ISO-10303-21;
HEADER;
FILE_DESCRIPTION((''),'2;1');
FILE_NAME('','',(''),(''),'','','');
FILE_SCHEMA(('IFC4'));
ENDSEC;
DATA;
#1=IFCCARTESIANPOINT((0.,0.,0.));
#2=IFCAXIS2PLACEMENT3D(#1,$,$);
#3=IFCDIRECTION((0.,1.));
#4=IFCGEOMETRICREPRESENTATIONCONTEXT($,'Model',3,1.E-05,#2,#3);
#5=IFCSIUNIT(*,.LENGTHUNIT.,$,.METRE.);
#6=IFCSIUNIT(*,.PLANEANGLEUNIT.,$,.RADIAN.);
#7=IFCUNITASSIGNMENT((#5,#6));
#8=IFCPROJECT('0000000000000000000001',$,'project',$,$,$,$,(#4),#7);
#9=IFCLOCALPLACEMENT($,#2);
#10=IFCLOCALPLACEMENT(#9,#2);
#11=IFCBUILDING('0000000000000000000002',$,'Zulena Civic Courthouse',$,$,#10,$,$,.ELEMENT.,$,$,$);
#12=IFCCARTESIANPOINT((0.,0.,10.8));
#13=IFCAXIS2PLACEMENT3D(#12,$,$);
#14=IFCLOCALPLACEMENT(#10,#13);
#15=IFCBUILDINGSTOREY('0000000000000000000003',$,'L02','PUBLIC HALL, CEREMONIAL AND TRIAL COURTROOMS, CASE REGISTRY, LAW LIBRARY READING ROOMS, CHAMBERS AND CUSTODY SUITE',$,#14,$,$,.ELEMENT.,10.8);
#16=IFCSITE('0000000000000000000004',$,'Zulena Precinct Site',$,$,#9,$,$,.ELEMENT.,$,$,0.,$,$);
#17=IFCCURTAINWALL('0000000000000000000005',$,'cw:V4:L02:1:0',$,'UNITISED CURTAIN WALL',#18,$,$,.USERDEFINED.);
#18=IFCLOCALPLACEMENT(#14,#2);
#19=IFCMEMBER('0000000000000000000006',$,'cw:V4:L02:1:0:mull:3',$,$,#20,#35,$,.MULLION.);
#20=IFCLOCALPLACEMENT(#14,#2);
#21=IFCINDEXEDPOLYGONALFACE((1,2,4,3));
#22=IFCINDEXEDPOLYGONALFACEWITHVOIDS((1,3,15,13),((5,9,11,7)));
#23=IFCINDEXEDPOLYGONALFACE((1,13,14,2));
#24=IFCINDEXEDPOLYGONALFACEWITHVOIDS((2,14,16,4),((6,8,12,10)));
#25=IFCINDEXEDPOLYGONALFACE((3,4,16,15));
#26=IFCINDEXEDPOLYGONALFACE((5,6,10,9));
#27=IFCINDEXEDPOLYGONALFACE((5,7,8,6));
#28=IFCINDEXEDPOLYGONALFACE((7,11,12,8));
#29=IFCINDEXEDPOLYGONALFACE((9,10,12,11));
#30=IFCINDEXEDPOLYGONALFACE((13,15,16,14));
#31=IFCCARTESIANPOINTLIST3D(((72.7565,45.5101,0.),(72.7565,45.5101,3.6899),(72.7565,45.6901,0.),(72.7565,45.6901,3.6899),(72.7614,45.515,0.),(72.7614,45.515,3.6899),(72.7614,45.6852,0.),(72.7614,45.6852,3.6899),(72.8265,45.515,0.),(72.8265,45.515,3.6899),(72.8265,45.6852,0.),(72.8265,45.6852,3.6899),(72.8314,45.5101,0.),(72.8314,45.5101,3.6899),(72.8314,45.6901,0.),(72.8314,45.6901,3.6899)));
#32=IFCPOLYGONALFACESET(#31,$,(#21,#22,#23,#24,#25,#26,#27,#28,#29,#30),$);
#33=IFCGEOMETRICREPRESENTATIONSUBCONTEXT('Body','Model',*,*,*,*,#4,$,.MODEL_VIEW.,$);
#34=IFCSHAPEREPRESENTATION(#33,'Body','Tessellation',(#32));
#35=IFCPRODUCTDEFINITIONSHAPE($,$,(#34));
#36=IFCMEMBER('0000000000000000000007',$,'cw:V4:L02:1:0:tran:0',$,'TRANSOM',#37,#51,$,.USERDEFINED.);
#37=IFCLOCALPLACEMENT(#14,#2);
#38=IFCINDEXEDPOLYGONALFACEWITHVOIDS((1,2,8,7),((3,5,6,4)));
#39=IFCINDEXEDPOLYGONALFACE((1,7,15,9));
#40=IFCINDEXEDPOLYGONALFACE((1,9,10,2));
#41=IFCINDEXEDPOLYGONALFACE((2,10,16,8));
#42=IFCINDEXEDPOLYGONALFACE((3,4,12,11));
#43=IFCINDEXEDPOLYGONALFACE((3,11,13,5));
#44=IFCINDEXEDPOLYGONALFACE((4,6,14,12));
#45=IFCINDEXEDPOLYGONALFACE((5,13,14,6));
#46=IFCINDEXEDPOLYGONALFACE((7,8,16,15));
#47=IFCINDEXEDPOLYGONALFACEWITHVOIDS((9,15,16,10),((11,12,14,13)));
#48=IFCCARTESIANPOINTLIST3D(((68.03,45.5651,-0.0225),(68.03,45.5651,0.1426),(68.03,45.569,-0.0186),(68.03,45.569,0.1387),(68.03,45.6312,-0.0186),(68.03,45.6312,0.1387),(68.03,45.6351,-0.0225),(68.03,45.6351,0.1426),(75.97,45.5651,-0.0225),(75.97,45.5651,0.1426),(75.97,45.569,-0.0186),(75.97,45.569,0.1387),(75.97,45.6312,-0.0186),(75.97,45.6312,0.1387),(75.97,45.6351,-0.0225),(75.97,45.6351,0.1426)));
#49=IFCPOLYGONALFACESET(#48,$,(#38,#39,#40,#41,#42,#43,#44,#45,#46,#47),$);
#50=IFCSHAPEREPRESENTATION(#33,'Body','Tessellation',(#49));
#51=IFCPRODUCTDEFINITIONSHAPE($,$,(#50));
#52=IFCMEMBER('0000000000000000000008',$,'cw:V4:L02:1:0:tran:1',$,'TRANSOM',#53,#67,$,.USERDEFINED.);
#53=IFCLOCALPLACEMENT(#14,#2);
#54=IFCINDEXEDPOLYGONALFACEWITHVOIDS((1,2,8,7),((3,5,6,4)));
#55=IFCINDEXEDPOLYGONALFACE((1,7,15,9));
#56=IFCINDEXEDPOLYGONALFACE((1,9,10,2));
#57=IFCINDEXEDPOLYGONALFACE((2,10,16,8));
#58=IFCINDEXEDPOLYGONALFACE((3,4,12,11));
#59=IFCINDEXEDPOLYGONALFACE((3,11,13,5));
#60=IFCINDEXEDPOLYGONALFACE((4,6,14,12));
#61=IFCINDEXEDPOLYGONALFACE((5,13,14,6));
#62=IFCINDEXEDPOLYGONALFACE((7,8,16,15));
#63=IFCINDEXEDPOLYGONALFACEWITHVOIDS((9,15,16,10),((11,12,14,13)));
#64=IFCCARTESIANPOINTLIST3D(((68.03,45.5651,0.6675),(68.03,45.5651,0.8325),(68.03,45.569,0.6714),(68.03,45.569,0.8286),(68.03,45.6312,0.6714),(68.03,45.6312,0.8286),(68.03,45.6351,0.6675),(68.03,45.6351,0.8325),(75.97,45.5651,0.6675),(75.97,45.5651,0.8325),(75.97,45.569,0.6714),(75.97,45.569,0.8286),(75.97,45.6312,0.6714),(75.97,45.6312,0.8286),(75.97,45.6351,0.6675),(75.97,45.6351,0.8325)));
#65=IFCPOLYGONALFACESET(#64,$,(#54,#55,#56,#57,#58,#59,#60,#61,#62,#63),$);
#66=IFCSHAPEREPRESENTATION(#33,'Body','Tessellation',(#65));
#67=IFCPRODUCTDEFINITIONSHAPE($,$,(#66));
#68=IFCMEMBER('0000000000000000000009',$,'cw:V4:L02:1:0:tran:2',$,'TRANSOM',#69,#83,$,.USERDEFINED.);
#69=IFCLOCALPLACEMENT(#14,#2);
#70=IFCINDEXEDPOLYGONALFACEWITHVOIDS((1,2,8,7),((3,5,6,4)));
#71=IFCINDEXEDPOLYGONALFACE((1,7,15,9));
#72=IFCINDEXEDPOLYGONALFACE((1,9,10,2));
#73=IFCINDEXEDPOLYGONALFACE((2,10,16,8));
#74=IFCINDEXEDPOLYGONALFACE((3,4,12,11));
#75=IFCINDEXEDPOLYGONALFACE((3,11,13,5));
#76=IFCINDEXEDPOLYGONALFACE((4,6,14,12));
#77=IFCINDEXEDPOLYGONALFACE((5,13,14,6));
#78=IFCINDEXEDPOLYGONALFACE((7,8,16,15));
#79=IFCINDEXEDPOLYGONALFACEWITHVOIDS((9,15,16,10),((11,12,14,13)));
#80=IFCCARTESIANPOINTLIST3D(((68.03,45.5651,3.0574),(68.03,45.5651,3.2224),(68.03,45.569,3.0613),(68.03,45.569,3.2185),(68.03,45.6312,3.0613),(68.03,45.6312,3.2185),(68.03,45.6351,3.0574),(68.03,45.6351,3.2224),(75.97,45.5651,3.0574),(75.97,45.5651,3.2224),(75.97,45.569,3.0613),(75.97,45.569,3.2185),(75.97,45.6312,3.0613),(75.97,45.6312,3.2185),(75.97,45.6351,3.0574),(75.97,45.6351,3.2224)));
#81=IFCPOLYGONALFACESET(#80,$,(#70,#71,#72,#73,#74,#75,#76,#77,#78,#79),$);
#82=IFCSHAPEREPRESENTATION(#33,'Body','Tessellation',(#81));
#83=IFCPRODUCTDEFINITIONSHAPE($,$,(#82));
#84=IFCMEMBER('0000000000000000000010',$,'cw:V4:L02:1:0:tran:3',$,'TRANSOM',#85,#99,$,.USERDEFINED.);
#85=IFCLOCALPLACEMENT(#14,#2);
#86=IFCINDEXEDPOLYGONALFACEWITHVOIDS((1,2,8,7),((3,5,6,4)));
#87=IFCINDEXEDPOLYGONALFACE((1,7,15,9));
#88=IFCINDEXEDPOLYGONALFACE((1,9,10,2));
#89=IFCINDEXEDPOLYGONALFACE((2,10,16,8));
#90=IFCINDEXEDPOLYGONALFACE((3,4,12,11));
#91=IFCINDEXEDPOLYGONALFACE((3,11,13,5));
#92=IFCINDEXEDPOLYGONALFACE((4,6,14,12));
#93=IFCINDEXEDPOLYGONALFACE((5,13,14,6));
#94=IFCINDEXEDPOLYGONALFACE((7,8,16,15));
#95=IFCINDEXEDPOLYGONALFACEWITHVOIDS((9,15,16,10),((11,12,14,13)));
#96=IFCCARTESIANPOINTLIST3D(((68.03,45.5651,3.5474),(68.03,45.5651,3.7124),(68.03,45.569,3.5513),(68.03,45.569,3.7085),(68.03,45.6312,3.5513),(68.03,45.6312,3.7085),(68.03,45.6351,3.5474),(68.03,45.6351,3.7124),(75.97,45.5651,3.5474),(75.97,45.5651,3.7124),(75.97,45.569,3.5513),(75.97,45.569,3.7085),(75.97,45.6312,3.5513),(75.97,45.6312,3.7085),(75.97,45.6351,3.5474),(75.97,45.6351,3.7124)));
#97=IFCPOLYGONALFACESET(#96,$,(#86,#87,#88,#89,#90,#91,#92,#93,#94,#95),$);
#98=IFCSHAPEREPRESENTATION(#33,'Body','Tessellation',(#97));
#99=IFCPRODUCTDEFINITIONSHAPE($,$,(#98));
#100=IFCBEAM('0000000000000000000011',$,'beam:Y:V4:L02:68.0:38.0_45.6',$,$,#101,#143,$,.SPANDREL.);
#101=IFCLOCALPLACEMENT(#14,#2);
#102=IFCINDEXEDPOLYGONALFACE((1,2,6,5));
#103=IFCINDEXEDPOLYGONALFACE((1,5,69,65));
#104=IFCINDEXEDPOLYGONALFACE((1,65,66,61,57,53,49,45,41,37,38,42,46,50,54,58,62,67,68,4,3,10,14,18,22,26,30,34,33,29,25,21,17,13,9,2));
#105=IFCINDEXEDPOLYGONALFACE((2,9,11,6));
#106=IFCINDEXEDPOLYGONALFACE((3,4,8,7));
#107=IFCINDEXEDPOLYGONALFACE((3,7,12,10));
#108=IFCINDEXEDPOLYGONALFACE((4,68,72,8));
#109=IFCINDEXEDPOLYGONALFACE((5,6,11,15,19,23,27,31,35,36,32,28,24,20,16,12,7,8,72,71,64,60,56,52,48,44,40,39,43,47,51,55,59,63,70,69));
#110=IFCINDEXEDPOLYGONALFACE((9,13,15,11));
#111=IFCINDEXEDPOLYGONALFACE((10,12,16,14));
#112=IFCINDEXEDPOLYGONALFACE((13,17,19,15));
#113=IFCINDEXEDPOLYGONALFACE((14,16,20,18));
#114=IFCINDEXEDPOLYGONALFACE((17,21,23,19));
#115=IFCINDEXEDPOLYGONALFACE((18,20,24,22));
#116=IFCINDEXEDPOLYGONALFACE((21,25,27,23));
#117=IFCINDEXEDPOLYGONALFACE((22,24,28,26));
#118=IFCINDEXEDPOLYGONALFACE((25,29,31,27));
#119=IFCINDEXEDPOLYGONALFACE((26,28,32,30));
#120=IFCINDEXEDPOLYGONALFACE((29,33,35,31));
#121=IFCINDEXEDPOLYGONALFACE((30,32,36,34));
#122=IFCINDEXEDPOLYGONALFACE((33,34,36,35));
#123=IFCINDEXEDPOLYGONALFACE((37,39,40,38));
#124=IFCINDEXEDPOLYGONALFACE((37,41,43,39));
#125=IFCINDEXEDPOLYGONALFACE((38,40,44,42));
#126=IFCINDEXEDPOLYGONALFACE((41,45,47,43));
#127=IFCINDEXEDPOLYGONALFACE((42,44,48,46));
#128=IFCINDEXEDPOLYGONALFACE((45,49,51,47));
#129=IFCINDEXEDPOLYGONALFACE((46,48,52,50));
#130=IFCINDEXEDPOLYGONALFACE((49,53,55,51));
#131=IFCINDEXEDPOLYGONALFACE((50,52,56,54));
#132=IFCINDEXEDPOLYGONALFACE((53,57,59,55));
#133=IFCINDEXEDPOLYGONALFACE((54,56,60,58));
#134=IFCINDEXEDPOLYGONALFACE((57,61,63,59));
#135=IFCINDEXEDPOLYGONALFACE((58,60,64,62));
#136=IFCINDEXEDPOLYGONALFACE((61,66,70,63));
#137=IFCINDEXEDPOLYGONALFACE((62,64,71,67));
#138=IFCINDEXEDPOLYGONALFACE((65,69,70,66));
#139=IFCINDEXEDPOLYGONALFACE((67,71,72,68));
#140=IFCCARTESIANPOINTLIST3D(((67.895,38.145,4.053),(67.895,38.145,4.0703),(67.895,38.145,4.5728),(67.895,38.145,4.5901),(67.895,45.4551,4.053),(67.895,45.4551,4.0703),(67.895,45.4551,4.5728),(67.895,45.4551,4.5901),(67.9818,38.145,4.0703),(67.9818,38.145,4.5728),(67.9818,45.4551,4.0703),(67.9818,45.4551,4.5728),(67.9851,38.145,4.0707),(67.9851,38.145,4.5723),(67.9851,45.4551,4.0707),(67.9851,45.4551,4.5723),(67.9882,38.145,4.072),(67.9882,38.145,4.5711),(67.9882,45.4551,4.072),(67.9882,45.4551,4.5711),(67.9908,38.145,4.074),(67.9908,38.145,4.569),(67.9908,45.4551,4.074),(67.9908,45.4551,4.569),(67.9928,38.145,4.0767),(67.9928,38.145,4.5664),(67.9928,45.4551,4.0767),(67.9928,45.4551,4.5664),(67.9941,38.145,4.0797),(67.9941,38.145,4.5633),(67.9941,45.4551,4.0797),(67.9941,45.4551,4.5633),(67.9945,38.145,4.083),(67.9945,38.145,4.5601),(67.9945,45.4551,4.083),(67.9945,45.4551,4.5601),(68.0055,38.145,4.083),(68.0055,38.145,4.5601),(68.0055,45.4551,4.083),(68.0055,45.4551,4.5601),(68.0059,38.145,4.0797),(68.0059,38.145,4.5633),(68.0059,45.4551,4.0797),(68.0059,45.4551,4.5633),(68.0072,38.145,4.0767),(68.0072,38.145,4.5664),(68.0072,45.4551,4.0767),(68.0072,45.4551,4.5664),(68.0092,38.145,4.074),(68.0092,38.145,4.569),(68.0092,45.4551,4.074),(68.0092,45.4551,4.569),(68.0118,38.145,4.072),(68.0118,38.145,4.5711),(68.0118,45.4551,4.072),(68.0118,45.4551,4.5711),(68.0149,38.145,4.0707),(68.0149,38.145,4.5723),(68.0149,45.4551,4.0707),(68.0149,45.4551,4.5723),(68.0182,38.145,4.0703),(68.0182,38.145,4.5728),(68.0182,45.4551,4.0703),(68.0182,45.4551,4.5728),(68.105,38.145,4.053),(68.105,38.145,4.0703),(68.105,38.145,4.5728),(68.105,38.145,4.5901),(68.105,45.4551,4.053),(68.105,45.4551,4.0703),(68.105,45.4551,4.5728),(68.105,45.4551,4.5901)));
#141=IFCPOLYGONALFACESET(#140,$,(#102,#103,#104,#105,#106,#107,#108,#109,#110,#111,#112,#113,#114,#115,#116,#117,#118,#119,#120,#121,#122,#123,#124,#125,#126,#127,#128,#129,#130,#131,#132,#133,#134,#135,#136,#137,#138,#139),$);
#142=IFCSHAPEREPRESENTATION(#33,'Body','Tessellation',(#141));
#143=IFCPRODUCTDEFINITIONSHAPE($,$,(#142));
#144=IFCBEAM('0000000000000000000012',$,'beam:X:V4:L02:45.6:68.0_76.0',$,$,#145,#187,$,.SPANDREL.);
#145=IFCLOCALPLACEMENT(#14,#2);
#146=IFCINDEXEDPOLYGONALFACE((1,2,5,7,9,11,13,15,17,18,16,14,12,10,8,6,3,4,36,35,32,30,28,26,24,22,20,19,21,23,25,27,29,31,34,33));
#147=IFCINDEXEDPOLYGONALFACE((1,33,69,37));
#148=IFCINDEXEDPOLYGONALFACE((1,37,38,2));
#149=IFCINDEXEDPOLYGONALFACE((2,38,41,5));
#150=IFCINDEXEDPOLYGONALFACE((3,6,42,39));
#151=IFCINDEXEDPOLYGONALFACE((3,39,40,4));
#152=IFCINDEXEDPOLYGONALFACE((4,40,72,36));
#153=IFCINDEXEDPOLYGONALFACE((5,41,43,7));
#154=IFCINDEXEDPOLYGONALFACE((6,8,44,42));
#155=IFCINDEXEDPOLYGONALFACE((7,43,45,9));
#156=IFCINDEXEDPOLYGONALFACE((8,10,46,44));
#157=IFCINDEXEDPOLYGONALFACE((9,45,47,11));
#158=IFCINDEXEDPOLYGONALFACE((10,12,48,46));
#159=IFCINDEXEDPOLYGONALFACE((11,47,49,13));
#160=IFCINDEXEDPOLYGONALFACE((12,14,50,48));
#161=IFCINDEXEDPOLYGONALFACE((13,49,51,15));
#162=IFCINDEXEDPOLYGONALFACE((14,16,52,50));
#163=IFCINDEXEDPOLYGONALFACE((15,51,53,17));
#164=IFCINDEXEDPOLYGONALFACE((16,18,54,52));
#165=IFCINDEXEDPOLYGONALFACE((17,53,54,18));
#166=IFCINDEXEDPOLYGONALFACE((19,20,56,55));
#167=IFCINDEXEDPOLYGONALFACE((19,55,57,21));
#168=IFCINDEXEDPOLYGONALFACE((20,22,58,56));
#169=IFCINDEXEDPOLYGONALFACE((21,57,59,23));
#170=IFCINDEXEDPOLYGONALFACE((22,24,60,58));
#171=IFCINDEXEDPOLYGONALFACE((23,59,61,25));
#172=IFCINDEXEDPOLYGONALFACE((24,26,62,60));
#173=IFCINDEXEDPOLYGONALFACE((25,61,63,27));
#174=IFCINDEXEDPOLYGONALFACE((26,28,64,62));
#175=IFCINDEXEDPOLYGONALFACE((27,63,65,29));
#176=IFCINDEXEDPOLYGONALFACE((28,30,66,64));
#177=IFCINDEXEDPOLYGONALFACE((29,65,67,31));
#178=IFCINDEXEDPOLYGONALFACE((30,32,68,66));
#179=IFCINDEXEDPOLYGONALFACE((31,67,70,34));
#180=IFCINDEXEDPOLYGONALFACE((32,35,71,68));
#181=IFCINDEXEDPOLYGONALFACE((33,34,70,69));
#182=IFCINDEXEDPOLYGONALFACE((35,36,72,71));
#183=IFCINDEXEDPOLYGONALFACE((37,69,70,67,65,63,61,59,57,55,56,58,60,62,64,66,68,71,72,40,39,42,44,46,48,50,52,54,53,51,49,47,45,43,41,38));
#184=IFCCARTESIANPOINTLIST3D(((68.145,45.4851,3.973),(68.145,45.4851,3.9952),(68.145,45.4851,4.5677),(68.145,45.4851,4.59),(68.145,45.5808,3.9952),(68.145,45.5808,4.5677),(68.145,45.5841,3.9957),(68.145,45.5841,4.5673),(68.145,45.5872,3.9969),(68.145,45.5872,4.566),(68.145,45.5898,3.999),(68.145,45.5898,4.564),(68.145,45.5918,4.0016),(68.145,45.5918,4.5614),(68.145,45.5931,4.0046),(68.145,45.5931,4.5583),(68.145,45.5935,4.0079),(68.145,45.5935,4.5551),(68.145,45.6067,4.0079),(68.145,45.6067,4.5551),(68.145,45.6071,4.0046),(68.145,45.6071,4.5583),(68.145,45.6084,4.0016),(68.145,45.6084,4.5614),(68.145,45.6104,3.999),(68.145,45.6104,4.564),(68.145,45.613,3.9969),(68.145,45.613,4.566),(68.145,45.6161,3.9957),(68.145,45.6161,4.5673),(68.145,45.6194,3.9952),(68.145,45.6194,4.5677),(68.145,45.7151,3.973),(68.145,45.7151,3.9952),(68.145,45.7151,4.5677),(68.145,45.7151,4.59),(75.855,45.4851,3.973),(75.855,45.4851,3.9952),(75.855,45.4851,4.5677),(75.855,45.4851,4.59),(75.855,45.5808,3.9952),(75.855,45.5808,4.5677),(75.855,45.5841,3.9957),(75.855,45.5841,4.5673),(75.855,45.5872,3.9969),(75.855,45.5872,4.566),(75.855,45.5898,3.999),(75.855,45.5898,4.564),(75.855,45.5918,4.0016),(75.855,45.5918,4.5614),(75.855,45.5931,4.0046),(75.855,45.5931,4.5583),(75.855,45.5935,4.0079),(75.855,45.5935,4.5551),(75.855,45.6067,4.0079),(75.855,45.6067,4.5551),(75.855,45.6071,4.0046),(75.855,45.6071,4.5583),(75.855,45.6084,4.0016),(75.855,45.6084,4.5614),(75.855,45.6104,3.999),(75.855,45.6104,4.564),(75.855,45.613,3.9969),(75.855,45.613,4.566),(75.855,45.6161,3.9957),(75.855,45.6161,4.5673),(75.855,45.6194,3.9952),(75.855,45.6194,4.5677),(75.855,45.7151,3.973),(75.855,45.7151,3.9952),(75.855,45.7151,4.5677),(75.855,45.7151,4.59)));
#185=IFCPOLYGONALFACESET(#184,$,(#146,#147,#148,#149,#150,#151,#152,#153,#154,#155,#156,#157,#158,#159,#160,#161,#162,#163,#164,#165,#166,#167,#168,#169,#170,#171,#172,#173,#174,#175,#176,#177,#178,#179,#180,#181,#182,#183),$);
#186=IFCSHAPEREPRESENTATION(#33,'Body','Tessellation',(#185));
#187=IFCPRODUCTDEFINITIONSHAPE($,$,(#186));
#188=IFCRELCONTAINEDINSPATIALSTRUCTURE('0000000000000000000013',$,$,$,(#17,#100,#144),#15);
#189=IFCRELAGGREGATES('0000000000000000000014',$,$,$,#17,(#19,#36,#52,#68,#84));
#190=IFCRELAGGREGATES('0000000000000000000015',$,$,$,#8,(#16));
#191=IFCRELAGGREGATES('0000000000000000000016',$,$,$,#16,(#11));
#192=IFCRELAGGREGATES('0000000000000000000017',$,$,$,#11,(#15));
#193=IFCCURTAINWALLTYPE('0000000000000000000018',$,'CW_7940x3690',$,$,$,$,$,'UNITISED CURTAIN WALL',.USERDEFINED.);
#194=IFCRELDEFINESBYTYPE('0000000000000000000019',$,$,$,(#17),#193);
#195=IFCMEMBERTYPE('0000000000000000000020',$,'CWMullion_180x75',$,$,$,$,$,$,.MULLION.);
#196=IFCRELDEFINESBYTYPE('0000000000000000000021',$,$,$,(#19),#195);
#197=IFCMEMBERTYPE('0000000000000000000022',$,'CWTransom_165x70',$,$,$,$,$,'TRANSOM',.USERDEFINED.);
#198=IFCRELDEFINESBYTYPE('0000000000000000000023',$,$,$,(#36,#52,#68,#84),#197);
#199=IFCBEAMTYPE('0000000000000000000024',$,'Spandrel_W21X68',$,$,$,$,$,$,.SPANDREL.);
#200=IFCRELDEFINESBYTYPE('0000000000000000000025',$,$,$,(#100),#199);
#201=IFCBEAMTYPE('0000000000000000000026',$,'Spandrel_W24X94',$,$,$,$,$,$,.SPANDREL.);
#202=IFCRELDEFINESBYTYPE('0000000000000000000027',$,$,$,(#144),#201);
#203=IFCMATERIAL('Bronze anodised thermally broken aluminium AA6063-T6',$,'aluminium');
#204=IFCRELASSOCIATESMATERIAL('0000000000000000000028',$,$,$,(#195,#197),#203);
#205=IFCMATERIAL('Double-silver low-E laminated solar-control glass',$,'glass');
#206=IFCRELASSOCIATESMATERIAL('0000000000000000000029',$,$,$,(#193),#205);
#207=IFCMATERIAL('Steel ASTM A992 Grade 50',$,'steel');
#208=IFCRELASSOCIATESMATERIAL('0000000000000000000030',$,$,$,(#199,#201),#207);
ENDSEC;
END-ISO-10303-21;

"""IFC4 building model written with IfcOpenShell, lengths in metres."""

from ifc_helpers import new_model, si_unit, direction, frame, origin, origin_2d, place, context, subcontext, project, spatial, hollow_rectangle, i_section, extrude, material, material_profile, profile_set, type_object, element, aggregate, save


model = new_model("IFC4")

# Units and contexts
model_context = context("Model", 3, precision=1e-05, world=origin(), true_north=direction((0.0, 1.0)))
body_context = subcontext(model_context, "Body", "Model", "MODEL_VIEW")
ifc_project = project(units=[si_unit("LENGTHUNIT", "METRE"), si_unit("PLANEANGLEUNIT", "RADIAN")], contexts=[model_context])

# Site, building, storey
site_placement = place(None, origin())
site = spatial("IfcSite", under=ifc_project, at=site_placement, Name="Zulena Precinct Site", CompositionType="ELEMENT", RefElevation=0.0)
building_placement = place(site_placement, origin())
building = spatial("IfcBuilding", under=site, at=building_placement, Name="Zulena Civic Courthouse", CompositionType="ELEMENT")
storey_placement = place(building_placement, frame((0.0, 0.0, 10.8)))
storey = spatial("IfcBuildingStorey", under=building, at=storey_placement, Name="L02", Description="PUBLIC HALL, CEREMONIAL AND TRIAL COURTROOMS, CASE REGISTRY, LAW LIBRARY READING ROOMS, CHAMBERS AND CUSTODY SUITE", CompositionType="ELEMENT", Elevation=10.8)

# Shared definitions
ifc_material_1 = material(Name="Steel ASTM A992 Grade 50", Category="steel")

# Curtain wall, members
ifc_material_2 = material(Name="Double-silver low-E laminated solar-control glass", Category="glass")
ifc_material_3 = material(Name="Bronze anodised thermally broken aluminium AA6063-T6", Category="aluminium")
ifc_material_profile_1 = material_profile(ifc_material_3, hollow_rectangle(XDim=0.075, YDim=0.1799, WallThickness=0.0049, at=origin_2d()), Name="CWM180X75X5")
ifc_profile_set_1 = profile_set([ifc_material_profile_1], Name="Bronze anodised thermally broken aluminium AA6063-T6")
member_type_1 = type_object("IfcMemberType", Name="CWMullion_180x75", PredefinedType="MULLION", material=ifc_profile_set_1)
curtain_wall_type_1 = type_object("IfcCurtainWallType", Name="CW_7940x3690", ElementType="UNITISED CURTAIN WALL", PredefinedType="USERDEFINED", material=ifc_material_2)
curtain_wall_1_placement = place(storey_placement, origin())
curtain_wall_1 = element("IfcCurtainWall", 1, at=curtain_wall_1_placement, inside=storey, type_object=curtain_wall_type_1, Name="cw:V4:L02:1:0", ObjectType="UNITISED CURTAIN WALL", PredefinedType="USERDEFINED")
member_1_placement = place(storey_placement, frame((72.7939, 45.6001, 0.0), z_axis=(0.0, 0.0, 1.0), x_axis=(1.0, 0.0, 0.0)))
member_1 = element("IfcMember", 2, at=member_1_placement, type_object=member_type_1, Name="cw:V4:L02:1:0:mull:3", PredefinedType="MULLION", context=body_context, shape_type="SweptSolid", body=[
    extrude(hollow_rectangle(XDim=0.075, YDim=0.1799, WallThickness=0.0049, at=origin_2d()), origin(), (0.0, 0.0, 1.0), 3.6899),
])
ifc_material_profile_2 = material_profile(ifc_material_3, hollow_rectangle(XDim=0.0701, YDim=0.165, WallThickness=0.0039, at=origin_2d()), Name="CWT165X70X4")
ifc_profile_set_2 = profile_set([ifc_material_profile_2], Name="Bronze anodised thermally broken aluminium AA6063-T6")
member_type_2 = type_object("IfcMemberType", Name="CWTransom_165x70", ElementType="TRANSOM", PredefinedType="USERDEFINED", material=ifc_profile_set_2)
member_2_placement = place(storey_placement, frame((68.03, 45.6001, 0.0601), z_axis=(1.0, 0.0, 0.0), x_axis=(0.0, 1.0, 0.0)))
member_2 = element("IfcMember", 3, at=member_2_placement, type_object=member_type_2, Name="cw:V4:L02:1:0:tran:0", ObjectType="TRANSOM", PredefinedType="USERDEFINED", context=body_context, shape_type="SweptSolid", body=[
    extrude(hollow_rectangle(XDim=0.0701, YDim=0.165, WallThickness=0.0039, at=origin_2d()), origin(), (0.0, 0.0, 1.0), 7.9399),
])
member_3_placement = place(storey_placement, frame((68.03, 45.6001, 0.75), z_axis=(1.0, 0.0, 0.0), x_axis=(0.0, 1.0, 0.0)))
member_3 = element("IfcMember", 4, at=member_3_placement, type_object=member_type_2, Name="cw:V4:L02:1:0:tran:1", ObjectType="TRANSOM", PredefinedType="USERDEFINED", context=body_context, shape_type="SweptSolid", body=[
    extrude(hollow_rectangle(XDim=0.0701, YDim=0.165, WallThickness=0.0039, at=origin_2d()), origin(), (0.0, 0.0, 1.0), 7.9399),
])
member_4_placement = place(storey_placement, frame((68.03, 45.6001, 3.1399), z_axis=(1.0, 0.0, 0.0), x_axis=(0.0, 1.0, 0.0)))
member_4 = element("IfcMember", 5, at=member_4_placement, type_object=member_type_2, Name="cw:V4:L02:1:0:tran:2", ObjectType="TRANSOM", PredefinedType="USERDEFINED", context=body_context, shape_type="SweptSolid", body=[
    extrude(hollow_rectangle(XDim=0.0701, YDim=0.165, WallThickness=0.0039, at=origin_2d()), origin(), (0.0, 0.0, 1.0), 7.9399),
])
member_5_placement = place(storey_placement, frame((68.03, 45.6001, 3.6299), z_axis=(1.0, 0.0, 0.0), x_axis=(0.0, 1.0, 0.0)))
member_5 = element("IfcMember", 6, at=member_5_placement, type_object=member_type_2, Name="cw:V4:L02:1:0:tran:3", ObjectType="TRANSOM", PredefinedType="USERDEFINED", context=body_context, shape_type="SweptSolid", body=[
    extrude(hollow_rectangle(XDim=0.0701, YDim=0.165, WallThickness=0.0039, at=origin_2d()), origin(), (0.0, 0.0, 1.0), 7.9399),
])

# Beams
ifc_material_profile_3 = material_profile(ifc_material_1, i_section(OverallWidth=0.21, OverallDepth=0.5371, WebThickness=0.011, FlangeThickness=0.0173, FilletRadius=0.0127, at=origin_2d()), Name="W21X68")
ifc_profile_set_3 = profile_set([ifc_material_profile_3], Name="Steel ASTM A992 Grade 50")
beam_type_1 = type_object("IfcBeamType", Name="Spandrel_W21X68", PredefinedType="SPANDREL", material=ifc_profile_set_3)
beam_1_placement = place(storey_placement, frame((68.0, 38.145, 4.3215), z_axis=(0.0, 1.0, 0.0), x_axis=(-1.0, 0.0, 0.0)))
element("IfcBeam", 7, at=beam_1_placement, inside=storey, type_object=beam_type_1, Name="beam:Y:V4:L02:68.0:38.0_45.6", PredefinedType="SPANDREL", context=body_context, shape_type="SweptSolid", body=[
    extrude(i_section(OverallWidth=0.21, OverallDepth=0.5371, WebThickness=0.011, FlangeThickness=0.0173, FilletRadius=0.0127, at=origin_2d()), origin(), (0.0, 0.0, 1.0), 7.3101),
])
ifc_material_profile_4 = material_profile(ifc_material_1, i_section(OverallWidth=0.23, OverallDepth=0.6169, WebThickness=0.0132, FlangeThickness=0.0222, FilletRadius=0.0127, at=origin_2d()), Name="W24X94")
ifc_profile_set_4 = profile_set([ifc_material_profile_4], Name="Steel ASTM A992 Grade 50")
beam_type_2 = type_object("IfcBeamType", Name="Spandrel_W24X94", PredefinedType="SPANDREL", material=ifc_profile_set_4)
beam_2_placement = place(storey_placement, frame((68.145, 45.6001, 4.2815), z_axis=(1.0, 0.0, 0.0), x_axis=(0.0, 1.0, 0.0)))
element("IfcBeam", 8, at=beam_2_placement, inside=storey, type_object=beam_type_2, Name="beam:X:V4:L02:45.6:68.0_76.0", PredefinedType="SPANDREL", context=body_context, shape_type="SweptSolid", body=[
    extrude(i_section(OverallWidth=0.23, OverallDepth=0.6169, WebThickness=0.0132, FlangeThickness=0.0222, FilletRadius=0.0127, at=origin_2d()), origin(), (0.0, 0.0, 1.0), 7.71),
])

aggregate(curtain_wall_1, [member_1, member_2, member_3, member_4, member_5])

save(model, "model.ifc")
